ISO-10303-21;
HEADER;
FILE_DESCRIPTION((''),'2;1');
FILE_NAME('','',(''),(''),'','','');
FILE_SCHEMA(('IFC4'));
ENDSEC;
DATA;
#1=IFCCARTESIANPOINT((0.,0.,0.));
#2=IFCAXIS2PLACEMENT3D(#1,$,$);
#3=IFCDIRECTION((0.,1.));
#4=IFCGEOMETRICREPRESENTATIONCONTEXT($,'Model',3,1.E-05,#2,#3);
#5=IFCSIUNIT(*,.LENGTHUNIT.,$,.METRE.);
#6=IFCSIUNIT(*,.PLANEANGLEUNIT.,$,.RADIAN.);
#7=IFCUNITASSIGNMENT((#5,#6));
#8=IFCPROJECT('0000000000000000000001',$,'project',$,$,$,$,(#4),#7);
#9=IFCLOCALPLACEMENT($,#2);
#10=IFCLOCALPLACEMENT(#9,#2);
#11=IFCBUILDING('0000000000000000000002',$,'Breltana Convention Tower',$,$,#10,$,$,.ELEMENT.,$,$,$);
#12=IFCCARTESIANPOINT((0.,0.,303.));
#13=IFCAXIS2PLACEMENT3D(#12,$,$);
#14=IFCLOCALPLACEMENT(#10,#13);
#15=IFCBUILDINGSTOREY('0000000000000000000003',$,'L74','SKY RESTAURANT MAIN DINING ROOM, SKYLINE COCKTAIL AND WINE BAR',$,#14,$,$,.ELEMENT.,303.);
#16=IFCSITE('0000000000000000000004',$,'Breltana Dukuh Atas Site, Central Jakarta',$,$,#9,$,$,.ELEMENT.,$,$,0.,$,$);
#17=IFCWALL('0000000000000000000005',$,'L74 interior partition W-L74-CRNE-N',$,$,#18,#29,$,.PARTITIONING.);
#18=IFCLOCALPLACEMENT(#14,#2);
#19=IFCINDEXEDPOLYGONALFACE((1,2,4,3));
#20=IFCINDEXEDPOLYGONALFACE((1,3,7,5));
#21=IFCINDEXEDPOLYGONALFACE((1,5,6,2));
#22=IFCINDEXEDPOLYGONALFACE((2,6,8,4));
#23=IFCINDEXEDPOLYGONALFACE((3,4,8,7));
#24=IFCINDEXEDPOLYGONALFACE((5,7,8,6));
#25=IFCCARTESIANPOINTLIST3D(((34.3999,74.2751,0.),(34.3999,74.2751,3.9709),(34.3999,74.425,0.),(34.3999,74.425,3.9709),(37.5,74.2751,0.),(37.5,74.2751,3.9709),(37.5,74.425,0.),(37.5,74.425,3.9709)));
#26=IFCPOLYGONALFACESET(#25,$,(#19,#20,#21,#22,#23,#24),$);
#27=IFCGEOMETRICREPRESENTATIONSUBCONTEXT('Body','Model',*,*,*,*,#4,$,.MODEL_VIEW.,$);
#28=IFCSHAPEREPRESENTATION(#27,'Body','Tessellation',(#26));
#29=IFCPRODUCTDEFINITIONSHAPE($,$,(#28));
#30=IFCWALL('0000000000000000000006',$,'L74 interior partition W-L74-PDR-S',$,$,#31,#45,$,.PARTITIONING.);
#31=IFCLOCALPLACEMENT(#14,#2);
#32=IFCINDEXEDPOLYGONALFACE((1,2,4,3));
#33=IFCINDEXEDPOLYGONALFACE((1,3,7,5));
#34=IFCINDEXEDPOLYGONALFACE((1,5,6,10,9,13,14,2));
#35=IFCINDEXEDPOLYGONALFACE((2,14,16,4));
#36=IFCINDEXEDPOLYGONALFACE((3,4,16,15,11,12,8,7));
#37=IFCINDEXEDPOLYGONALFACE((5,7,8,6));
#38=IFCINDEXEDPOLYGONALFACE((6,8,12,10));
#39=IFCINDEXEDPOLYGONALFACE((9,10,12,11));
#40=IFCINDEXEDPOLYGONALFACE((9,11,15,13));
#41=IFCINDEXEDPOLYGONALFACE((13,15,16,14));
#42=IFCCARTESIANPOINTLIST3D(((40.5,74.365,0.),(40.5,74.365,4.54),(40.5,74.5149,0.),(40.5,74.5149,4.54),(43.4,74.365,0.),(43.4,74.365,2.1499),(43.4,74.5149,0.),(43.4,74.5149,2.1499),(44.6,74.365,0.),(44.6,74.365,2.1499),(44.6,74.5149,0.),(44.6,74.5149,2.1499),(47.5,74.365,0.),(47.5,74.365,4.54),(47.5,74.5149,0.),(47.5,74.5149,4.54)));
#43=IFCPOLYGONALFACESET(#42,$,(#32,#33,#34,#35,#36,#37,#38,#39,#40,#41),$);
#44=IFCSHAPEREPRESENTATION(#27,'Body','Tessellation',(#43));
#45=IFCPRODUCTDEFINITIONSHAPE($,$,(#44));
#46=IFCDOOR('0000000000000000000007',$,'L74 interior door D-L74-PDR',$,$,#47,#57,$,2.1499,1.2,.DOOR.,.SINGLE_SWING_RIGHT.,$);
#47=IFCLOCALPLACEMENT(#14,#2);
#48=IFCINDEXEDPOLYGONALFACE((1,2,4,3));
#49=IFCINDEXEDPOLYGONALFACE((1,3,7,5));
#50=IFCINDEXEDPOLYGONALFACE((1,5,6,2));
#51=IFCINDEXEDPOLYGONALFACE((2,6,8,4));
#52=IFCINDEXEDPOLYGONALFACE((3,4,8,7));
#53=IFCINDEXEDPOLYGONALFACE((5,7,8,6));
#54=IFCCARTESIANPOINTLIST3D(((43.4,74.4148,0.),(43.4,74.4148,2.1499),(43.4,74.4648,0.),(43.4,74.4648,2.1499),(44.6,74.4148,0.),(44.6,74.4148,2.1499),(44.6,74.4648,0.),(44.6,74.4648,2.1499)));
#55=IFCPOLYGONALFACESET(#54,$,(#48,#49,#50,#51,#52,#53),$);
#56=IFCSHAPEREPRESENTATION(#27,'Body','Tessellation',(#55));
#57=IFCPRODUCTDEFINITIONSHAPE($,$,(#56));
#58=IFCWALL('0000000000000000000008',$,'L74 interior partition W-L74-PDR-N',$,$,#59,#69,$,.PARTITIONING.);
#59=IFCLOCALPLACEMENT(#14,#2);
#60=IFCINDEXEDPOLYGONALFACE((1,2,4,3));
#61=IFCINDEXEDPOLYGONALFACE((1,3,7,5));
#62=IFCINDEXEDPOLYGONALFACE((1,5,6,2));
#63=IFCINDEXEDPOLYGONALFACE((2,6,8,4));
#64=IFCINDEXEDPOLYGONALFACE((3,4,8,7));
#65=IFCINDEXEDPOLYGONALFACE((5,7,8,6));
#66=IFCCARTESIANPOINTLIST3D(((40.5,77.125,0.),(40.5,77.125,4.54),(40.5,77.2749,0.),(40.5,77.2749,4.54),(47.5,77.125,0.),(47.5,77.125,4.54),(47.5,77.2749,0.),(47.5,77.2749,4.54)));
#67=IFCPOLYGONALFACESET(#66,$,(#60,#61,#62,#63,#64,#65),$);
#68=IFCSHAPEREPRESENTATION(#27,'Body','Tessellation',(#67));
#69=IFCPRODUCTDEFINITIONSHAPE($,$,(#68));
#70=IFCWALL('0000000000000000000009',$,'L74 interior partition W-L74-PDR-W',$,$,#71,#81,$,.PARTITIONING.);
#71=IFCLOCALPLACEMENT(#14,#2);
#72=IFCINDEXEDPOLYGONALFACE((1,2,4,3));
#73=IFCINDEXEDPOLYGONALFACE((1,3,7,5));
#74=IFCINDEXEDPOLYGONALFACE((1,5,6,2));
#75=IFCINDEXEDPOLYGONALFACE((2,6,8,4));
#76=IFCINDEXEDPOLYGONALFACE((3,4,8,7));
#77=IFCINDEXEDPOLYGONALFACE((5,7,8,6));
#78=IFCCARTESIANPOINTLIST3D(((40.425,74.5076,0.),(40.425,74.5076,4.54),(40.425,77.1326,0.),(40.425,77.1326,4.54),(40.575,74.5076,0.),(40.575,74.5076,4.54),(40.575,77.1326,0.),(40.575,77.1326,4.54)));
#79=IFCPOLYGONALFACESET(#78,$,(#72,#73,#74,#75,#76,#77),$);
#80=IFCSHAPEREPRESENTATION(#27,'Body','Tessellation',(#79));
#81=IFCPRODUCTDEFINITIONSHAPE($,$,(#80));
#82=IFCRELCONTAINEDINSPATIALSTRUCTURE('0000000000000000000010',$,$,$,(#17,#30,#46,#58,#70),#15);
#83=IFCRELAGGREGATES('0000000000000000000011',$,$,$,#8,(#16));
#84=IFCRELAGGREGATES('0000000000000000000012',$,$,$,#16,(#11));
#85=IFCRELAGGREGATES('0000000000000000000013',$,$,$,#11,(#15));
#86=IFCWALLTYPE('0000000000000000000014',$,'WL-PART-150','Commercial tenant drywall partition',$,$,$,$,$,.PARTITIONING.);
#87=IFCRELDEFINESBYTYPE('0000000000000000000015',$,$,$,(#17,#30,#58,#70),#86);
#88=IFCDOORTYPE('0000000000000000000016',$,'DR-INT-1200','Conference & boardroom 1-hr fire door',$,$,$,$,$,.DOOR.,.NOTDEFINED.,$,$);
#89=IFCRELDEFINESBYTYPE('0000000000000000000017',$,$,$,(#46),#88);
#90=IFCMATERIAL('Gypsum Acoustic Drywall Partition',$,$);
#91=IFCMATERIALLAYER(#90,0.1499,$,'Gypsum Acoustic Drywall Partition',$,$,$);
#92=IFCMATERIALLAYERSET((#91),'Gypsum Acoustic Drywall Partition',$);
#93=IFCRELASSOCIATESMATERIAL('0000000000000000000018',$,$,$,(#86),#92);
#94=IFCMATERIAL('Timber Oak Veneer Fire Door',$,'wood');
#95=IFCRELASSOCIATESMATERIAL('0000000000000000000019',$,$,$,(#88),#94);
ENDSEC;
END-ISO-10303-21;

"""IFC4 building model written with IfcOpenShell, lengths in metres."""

from ifc_helpers import new_model, si_unit, direction, frame, frame_2d, origin, place, context, subcontext, project, spatial, rectangle, extrude, source, transform, mapped, material, layer, layer_set, type_object, type_shapes, element, fill, save


model = new_model("IFC4")

# Units and contexts
model_context = context("Model", 3, precision=1e-05, world=origin(), true_north=direction((0.0, 1.0)))
body_context = subcontext(model_context, "Body", "Model", "MODEL_VIEW")
ifc_project = project(units=[si_unit("LENGTHUNIT", "METRE"), si_unit("PLANEANGLEUNIT", "RADIAN")], contexts=[model_context])

# Site, building, storey
site_placement = place(None, origin())
site = spatial("IfcSite", under=ifc_project, at=site_placement, Name="Breltana Dukuh Atas Site, Central Jakarta", CompositionType="ELEMENT", RefElevation=0.0)
building_placement = place(site_placement, origin())
building = spatial("IfcBuilding", under=site, at=building_placement, Name="Breltana Convention Tower", CompositionType="ELEMENT")
storey_placement = place(building_placement, frame((0.0, 0.0, 303.0)))
storey = spatial("IfcBuildingStorey", under=building, at=storey_placement, Name="L74", Description="SKY RESTAURANT MAIN DINING ROOM, SKYLINE COCKTAIL AND WINE BAR", CompositionType="ELEMENT", Elevation=303.0)

# Shared definitions
ifc_material_1 = material(Name="Gypsum Acoustic Drywall Partition")
ifc_layer_1 = layer(ifc_material_1, 0.1499, Name="Gypsum Acoustic Drywall Partition")
ifc_layer_set_1 = layer_set([ifc_layer_1], Name="Gypsum Acoustic Drywall Partition")
wall_type_1 = type_object("IfcWallType", Name="WL-PART-150", Description="Commercial tenant drywall partition", PredefinedType="PARTITIONING", material=ifc_layer_set_1)

# Wall
shared_shape_1 = source(origin(), body_context, "Body", "SweptSolid", [
    extrude(rectangle(XDim=3.1001, YDim=0.1499, at=frame_2d((1.55, 0.0))), origin(), (0.0, 0.0, 1.0), 3.9709),
])
wall_1_placement = place(storey_placement, frame((34.3999, 74.3501, 0.0), z_axis=(0.0, 0.0, 1.0), x_axis=(1.0, 0.0, 0.0)))
element("IfcWall", 1, at=wall_1_placement, inside=storey, type_object=wall_type_1, Name="L74 interior partition W-L74-CRNE-N", PredefinedType="PARTITIONING", context=body_context, shape_type="MappedRepresentation", body=[
    mapped(shared_shape_1, transform((0.0, 0.0, 0.0), scale=1.0)),
])

# Wall, opening, door
shared_shape_2 = source(origin(), body_context, "Body", "SweptSolid", [
    extrude(rectangle(XDim=7.0, YDim=0.1499, at=frame_2d((3.5, 0.0))), origin(), (0.0, 0.0, 1.0), 4.54),
])
wall_2_placement = place(storey_placement, frame((40.5, 74.4399, 0.0), z_axis=(0.0, 0.0, 1.0), x_axis=(1.0, 0.0, 0.0)))
wall_2 = element("IfcWall", 2, at=wall_2_placement, inside=storey, type_object=wall_type_1, Name="L74 interior partition W-L74-PDR-S", PredefinedType="PARTITIONING", context=body_context, shape_type="MappedRepresentation", body=[
    mapped(shared_shape_2, transform((0.0, 0.0, 0.0), scale=1.0)),
])
opening_1_placement = place(wall_2_placement, frame((2.8999, 0.0, 0.0)))
opening_1 = element("IfcOpeningElement", 3, at=opening_1_placement, cuts=wall_2, PredefinedType="OPENING", context=body_context, shape_type="SweptSolid", body=[
    extrude(rectangle(XDim=1.2, YDim=2.1499, at=frame_2d((0.6001, 1.075))), frame((0.0, 0.085, 0.0), z_axis=(0.0, -1.0, 0.0), x_axis=(1.0, 0.0, 0.0)), (0.0, 0.0, 1.0), 0.1699),
])
ifc_material_2 = material(Name="Timber Oak Veneer Fire Door", Category="wood")
door_type_1 = type_object("IfcDoorType", Name="DR-INT-1200", Description="Conference & boardroom 1-hr fire door", OperationType="NOTDEFINED", PredefinedType="DOOR", material=ifc_material_2)
shared_shape_3 = source(origin(), body_context, "Body", "SweptSolid", [
    extrude(rectangle(XDim=1.2, YDim=2.1499, at=frame_2d((0.6001, 1.075))), frame((0.0, 0.0249, 0.0), z_axis=(0.0, -1.0, 0.0), x_axis=(1.0, 0.0, 0.0)), (0.0, 0.0, 1.0), 0.05),
])
type_shapes(door_type_1, [shared_shape_3])
door_1_placement = place(opening_1_placement, origin())
door_1 = element("IfcDoor", 4, at=door_1_placement, inside=storey, type_object=door_type_1, Name="L74 interior door D-L74-PDR", OperationType="SINGLE_SWING_RIGHT", OverallHeight=2.1499, OverallWidth=1.2, PredefinedType="DOOR", context=body_context, shape_type="MappedRepresentation", body=[
    mapped(shared_shape_3, transform((0.0, 0.0, 0.0), scale=1.0)),
])
fill(opening_1, door_1)

# Walls
wall_3_placement = place(storey_placement, frame((40.5, 77.2, 0.0), z_axis=(0.0, 0.0, 1.0), x_axis=(1.0, 0.0, 0.0)))
element("IfcWall", 5, at=wall_3_placement, inside=storey, type_object=wall_type_1, Name="L74 interior partition W-L74-PDR-N", PredefinedType="PARTITIONING", context=body_context, shape_type="MappedRepresentation", body=[
    mapped(shared_shape_2, transform((0.0, 0.0, 0.0), scale=1.0)),
])
shared_shape_4 = source(origin(), body_context, "Body", "SweptSolid", [
    extrude(rectangle(XDim=2.625, YDim=0.1499, at=frame_2d((1.3125, 0.0))), origin(), (0.0, 0.0, 1.0), 4.54),
])
wall_4_placement = place(storey_placement, frame((40.5, 74.5076, 0.0), z_axis=(0.0, 0.0, 1.0), x_axis=(0.0, 1.0, 0.0)))
element("IfcWall", 6, at=wall_4_placement, inside=storey, type_object=wall_type_1, Name="L74 interior partition W-L74-PDR-W", PredefinedType="PARTITIONING", context=body_context, shape_type="MappedRepresentation", body=[
    mapped(shared_shape_4, transform((0.0, 0.0, 0.0), scale=1.0)),
])

save(model, "model.ifc")
